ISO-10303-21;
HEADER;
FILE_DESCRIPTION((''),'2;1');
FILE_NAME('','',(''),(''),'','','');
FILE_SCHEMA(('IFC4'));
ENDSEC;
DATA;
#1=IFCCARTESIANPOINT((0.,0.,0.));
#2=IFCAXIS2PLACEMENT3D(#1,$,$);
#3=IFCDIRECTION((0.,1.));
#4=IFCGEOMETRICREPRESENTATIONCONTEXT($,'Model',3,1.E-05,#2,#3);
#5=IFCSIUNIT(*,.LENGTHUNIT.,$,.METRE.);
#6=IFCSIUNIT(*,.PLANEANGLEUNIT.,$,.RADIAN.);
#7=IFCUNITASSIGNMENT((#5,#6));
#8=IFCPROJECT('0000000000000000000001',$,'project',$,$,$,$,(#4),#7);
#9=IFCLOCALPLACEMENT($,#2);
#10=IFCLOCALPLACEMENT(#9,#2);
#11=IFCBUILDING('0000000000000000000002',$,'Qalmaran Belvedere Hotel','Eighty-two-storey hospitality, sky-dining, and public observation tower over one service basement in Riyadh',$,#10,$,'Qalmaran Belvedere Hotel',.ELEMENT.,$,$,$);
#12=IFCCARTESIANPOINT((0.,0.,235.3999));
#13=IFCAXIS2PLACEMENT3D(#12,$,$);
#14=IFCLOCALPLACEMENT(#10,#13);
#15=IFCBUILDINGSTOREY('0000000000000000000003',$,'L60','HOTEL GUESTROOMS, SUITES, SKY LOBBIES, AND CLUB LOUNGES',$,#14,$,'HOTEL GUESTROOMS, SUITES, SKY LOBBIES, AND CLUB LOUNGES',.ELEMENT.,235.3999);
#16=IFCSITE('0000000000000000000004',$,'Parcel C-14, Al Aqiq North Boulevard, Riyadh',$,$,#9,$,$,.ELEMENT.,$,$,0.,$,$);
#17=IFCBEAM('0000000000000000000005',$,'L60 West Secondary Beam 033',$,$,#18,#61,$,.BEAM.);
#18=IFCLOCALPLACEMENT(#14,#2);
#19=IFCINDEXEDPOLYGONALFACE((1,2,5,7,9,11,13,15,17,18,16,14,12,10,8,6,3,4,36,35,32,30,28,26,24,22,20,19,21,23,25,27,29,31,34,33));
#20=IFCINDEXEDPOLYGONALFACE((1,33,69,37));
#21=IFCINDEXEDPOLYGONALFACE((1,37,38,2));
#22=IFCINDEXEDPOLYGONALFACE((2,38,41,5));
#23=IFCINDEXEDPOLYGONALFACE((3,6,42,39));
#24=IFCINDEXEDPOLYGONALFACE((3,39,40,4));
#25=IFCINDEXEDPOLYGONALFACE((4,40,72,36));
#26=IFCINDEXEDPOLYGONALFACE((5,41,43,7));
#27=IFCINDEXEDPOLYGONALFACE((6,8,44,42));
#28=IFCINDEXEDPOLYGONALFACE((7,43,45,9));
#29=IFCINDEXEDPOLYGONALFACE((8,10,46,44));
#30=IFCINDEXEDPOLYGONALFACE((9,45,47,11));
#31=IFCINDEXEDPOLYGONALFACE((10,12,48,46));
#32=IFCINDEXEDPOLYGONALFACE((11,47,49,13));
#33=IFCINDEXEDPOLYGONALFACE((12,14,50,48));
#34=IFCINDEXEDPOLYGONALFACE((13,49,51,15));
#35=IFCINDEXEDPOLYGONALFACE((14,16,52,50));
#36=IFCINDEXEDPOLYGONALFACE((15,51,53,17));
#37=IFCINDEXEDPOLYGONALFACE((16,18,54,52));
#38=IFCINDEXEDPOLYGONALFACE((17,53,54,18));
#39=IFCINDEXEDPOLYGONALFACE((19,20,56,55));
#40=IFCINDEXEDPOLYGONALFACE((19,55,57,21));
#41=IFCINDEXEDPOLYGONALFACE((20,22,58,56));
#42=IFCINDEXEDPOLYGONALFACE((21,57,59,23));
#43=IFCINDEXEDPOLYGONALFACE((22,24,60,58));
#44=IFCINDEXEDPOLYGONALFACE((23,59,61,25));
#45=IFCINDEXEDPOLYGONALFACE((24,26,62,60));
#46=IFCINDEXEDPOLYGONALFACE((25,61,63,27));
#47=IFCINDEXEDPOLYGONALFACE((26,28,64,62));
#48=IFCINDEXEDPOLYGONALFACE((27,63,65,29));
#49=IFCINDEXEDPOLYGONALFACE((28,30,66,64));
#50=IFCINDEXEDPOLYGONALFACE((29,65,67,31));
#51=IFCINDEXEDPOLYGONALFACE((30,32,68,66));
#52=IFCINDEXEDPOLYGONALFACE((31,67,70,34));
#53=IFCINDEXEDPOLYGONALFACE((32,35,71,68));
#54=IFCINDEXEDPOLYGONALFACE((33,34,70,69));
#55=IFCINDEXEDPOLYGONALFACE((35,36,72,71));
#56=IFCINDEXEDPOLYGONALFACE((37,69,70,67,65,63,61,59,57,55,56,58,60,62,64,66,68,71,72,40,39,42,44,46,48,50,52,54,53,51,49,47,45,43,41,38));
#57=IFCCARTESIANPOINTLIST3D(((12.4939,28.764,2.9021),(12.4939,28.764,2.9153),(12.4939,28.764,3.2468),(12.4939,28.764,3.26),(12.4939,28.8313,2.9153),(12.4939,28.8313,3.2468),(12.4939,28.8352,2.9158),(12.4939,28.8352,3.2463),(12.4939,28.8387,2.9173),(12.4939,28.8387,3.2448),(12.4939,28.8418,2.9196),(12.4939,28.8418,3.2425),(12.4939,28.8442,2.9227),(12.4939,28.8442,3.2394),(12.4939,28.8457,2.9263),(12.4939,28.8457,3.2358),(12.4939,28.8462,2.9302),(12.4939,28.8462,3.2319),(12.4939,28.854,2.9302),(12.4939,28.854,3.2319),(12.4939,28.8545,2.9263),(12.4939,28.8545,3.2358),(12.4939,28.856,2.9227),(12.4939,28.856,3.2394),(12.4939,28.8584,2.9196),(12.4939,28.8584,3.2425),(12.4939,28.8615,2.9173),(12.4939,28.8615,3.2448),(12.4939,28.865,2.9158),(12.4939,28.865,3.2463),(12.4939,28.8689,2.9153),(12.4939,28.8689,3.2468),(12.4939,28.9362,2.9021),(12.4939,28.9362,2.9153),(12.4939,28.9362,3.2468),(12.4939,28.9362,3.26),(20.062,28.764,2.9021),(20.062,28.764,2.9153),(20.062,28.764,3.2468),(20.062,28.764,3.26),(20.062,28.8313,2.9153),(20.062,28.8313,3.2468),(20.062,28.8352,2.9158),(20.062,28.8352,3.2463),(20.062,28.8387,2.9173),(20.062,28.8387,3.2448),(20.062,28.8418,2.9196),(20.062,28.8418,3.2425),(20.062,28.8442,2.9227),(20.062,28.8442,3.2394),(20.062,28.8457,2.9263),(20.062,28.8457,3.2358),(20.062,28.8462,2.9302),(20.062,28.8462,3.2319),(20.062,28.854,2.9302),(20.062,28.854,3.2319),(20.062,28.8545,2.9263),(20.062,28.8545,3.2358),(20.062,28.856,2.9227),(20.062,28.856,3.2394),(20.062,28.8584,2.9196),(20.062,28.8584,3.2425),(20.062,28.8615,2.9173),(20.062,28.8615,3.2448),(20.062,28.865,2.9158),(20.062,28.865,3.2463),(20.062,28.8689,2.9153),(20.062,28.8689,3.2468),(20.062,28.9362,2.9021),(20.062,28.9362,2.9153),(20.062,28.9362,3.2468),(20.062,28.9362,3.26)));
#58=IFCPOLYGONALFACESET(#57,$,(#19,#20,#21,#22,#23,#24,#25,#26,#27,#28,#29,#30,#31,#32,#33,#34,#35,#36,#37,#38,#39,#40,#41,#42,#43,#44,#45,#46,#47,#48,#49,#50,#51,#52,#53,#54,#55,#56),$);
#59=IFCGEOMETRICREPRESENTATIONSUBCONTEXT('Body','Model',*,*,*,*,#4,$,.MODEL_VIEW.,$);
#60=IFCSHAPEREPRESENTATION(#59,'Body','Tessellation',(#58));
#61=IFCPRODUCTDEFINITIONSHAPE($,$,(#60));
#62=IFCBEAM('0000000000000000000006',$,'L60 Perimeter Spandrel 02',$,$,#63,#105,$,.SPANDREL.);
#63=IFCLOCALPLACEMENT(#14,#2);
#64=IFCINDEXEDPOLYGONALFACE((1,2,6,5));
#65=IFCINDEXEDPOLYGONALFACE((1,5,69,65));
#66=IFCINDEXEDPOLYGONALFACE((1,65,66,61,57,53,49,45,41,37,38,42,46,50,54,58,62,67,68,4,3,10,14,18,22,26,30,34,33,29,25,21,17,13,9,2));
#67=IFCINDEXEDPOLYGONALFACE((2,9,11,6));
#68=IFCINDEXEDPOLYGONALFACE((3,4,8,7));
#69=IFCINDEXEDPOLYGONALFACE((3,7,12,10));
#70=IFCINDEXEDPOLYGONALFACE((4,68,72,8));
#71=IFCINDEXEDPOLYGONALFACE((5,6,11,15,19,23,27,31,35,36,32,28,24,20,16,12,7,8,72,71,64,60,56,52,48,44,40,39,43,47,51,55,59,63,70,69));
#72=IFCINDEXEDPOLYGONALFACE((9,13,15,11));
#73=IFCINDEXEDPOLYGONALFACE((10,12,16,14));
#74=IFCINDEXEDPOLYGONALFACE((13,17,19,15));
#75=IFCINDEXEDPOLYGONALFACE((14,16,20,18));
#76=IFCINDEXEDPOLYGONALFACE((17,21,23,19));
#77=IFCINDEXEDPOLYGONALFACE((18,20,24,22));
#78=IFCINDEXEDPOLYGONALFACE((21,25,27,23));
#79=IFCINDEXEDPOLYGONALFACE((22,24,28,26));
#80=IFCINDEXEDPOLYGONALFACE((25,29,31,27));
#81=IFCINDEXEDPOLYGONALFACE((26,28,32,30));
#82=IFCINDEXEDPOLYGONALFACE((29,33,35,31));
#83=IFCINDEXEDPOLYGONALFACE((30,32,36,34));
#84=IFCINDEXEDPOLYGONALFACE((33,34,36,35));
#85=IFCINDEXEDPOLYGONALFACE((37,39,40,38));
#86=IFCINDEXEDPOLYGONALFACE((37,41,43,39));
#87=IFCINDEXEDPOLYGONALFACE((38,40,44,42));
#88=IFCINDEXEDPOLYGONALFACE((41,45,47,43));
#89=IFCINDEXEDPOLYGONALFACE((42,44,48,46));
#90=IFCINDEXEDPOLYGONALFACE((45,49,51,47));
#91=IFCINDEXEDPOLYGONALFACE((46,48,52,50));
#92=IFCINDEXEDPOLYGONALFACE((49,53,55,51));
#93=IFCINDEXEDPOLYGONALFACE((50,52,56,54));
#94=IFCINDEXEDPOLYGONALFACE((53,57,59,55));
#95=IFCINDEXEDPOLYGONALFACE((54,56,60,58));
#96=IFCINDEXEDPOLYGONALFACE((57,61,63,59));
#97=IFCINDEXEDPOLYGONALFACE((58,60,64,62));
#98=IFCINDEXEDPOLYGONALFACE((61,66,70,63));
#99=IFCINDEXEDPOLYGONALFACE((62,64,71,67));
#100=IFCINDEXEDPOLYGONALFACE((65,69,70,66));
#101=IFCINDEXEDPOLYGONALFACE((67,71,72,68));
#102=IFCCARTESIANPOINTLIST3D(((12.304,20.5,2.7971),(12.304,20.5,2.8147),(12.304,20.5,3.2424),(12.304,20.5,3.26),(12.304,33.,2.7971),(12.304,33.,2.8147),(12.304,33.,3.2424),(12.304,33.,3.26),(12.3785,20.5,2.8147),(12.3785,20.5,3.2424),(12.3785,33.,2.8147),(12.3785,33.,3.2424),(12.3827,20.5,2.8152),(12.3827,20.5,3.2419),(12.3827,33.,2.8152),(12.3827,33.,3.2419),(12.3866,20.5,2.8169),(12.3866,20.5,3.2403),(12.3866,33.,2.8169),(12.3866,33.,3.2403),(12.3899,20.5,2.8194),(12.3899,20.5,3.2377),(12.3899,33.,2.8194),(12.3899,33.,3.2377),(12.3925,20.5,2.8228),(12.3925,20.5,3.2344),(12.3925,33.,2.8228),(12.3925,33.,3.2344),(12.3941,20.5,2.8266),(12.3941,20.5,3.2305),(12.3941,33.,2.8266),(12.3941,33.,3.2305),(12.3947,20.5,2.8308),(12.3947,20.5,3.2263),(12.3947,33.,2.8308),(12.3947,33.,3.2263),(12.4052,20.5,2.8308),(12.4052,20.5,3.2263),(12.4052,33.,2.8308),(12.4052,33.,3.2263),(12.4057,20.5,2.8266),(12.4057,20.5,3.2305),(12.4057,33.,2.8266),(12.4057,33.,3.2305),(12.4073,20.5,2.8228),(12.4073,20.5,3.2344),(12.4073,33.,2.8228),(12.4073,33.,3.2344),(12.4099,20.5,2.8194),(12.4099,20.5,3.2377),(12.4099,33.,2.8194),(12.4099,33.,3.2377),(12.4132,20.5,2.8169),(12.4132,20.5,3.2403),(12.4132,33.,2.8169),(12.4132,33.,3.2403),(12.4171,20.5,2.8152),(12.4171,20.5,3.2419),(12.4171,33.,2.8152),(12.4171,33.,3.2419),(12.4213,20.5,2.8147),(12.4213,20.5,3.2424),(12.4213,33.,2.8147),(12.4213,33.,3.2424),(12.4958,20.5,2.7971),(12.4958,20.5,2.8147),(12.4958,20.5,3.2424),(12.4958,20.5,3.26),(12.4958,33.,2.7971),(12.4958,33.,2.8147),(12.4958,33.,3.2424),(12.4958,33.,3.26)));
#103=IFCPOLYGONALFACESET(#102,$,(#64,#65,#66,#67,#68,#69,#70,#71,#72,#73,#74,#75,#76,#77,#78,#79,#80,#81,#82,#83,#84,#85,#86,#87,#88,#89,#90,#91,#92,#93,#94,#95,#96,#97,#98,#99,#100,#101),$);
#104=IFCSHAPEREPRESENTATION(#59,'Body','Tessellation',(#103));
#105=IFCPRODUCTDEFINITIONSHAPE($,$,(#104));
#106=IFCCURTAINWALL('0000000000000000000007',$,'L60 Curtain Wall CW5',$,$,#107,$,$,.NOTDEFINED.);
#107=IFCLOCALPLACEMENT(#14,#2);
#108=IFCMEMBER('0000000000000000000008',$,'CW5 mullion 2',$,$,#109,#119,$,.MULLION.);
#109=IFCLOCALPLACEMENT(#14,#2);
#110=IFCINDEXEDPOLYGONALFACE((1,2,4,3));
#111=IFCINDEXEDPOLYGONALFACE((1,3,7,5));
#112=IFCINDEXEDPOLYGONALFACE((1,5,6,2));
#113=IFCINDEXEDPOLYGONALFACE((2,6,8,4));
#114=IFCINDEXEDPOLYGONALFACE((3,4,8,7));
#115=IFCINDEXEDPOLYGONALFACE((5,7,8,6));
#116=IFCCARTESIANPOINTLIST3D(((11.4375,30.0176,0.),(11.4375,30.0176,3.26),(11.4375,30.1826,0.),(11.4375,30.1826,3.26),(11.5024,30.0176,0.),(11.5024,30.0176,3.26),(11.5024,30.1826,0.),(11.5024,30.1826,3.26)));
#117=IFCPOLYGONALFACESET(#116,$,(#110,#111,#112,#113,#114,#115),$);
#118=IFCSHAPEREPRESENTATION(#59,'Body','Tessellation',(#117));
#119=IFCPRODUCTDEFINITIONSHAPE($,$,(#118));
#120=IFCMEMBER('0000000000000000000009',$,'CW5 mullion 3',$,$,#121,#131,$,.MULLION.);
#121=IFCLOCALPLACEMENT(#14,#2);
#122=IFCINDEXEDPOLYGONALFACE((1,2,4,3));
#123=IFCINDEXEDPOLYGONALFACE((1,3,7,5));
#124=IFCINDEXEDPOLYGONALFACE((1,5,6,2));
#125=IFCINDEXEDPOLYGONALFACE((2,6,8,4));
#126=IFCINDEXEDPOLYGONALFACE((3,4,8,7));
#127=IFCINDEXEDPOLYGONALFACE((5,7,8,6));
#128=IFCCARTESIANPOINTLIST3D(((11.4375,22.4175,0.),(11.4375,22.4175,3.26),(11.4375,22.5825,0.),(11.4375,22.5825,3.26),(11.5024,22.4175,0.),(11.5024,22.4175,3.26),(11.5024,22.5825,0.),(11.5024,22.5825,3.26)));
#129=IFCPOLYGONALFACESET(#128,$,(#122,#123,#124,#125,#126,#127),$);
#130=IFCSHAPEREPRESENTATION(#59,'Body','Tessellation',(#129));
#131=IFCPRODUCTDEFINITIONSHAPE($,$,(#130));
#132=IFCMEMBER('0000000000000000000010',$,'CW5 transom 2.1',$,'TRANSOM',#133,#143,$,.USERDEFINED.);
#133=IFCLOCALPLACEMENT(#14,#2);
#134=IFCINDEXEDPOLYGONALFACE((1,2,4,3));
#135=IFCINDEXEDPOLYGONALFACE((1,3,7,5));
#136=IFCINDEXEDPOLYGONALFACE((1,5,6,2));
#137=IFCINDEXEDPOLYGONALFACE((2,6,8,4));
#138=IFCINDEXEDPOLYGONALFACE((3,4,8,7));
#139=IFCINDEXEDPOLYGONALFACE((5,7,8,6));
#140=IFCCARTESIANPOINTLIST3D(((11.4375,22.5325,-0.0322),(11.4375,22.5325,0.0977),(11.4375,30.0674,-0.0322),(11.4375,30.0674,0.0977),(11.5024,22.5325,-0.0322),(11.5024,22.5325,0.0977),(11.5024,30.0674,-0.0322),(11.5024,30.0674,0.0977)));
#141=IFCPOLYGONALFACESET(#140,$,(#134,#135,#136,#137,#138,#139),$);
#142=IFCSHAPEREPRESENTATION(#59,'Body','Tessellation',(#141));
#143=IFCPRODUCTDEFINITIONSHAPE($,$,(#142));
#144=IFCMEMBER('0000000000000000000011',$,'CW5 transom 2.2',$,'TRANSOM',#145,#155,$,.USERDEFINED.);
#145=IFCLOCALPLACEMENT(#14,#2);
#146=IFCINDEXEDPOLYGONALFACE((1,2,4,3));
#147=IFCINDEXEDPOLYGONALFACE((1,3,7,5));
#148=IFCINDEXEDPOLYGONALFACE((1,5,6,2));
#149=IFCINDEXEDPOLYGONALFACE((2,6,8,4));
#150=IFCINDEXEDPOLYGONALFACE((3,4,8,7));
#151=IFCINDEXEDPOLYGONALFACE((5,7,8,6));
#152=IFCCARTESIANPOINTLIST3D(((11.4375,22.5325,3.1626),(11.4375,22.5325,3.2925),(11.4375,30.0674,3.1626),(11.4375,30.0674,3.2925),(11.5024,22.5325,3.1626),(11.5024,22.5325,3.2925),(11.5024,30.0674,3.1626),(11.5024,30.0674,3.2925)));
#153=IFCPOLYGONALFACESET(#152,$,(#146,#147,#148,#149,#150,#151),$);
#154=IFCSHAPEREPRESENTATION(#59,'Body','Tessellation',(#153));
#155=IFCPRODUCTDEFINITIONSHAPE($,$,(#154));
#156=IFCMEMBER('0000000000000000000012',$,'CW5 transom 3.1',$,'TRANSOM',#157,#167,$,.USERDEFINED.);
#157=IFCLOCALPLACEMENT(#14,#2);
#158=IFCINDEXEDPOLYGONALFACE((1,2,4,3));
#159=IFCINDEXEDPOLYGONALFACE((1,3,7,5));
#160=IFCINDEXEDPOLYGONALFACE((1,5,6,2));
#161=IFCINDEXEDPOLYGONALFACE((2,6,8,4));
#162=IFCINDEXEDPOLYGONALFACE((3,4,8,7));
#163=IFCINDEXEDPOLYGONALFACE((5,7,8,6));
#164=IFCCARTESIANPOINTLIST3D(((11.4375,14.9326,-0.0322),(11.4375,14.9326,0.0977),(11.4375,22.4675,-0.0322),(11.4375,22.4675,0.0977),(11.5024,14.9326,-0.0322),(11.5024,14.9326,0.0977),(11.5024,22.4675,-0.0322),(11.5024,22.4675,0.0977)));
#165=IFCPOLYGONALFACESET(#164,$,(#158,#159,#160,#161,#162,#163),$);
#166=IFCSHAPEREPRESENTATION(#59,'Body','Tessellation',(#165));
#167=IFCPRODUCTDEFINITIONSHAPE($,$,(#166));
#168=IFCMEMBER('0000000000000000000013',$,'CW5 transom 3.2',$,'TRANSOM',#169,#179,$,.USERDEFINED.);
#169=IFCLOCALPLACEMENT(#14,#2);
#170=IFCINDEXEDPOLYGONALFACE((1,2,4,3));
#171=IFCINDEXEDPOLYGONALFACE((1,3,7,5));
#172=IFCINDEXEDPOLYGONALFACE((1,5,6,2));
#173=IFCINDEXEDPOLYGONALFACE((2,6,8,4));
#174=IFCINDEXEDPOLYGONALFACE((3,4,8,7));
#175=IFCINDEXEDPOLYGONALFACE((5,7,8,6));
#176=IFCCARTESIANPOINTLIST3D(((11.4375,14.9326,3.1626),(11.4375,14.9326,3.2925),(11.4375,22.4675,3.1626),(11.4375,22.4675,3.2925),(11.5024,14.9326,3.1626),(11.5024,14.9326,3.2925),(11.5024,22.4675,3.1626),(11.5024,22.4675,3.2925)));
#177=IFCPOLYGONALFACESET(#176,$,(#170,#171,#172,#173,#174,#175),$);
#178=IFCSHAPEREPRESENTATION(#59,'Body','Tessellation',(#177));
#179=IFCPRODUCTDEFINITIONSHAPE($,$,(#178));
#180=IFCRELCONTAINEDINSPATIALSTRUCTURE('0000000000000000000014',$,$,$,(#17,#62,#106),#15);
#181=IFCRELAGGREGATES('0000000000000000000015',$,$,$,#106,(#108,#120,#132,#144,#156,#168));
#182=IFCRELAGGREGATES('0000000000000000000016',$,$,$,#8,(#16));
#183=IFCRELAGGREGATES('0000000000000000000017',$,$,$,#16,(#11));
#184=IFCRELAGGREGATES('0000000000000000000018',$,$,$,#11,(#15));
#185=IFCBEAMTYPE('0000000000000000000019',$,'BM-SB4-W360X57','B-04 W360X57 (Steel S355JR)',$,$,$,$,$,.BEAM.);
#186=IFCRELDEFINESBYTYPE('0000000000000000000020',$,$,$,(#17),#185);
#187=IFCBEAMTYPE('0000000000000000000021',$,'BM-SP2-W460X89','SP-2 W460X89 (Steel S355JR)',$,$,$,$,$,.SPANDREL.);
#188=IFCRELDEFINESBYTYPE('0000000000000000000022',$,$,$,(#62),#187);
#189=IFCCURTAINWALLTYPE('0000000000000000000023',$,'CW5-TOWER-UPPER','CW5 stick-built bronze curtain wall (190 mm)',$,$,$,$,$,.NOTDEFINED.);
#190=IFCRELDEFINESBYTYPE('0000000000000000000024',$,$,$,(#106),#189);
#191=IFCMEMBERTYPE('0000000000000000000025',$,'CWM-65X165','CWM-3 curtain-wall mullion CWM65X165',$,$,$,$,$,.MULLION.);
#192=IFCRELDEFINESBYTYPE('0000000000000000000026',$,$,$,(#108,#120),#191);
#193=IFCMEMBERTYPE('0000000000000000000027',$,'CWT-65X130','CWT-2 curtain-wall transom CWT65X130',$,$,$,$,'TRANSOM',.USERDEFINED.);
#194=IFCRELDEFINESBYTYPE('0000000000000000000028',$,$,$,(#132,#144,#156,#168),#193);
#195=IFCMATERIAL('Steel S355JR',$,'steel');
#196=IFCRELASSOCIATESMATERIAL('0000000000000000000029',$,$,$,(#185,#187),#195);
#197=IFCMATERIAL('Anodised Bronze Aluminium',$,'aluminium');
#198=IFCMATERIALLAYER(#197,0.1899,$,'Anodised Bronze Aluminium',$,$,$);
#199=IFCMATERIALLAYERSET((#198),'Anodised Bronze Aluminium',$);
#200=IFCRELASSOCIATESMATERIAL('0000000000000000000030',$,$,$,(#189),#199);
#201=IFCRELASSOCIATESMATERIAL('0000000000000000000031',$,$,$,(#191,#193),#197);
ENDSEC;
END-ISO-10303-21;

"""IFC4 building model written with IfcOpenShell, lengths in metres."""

from ifc_helpers import new_model, si_unit, direction, frame, origin, origin_2d, place, context, subcontext, project, spatial, rectangle, i_section, extrude, material, layer, layer_set, material_profile, profile_set, type_object, element, aggregate, save


model = new_model("IFC4")

# Units and contexts
model_context = context("Model", 3, precision=1e-05, world=origin(), true_north=direction((0.0, 1.0)))
body_context = subcontext(model_context, "Body", "Model", "MODEL_VIEW")
ifc_project = project(units=[si_unit("LENGTHUNIT", "METRE"), si_unit("PLANEANGLEUNIT", "RADIAN")], contexts=[model_context])

# Site, building, storey
site_placement = place(None, origin())
site = spatial("IfcSite", under=ifc_project, at=site_placement, Name="Parcel C-14, Al Aqiq North Boulevard, Riyadh", CompositionType="ELEMENT", RefElevation=0.0)
building_placement = place(site_placement, origin())
building = spatial("IfcBuilding", under=site, at=building_placement, Name="Qalmaran Belvedere Hotel", Description="Eighty-two-storey hospitality, sky-dining, and public observation tower over one service basement in Riyadh", LongName="Qalmaran Belvedere Hotel", CompositionType="ELEMENT")
storey_placement = place(building_placement, frame((0.0, 0.0, 235.3999)))
storey = spatial("IfcBuildingStorey", under=building, at=storey_placement, Name="L60", Description="HOTEL GUESTROOMS, SUITES, SKY LOBBIES, AND CLUB LOUNGES", LongName="HOTEL GUESTROOMS, SUITES, SKY LOBBIES, AND CLUB LOUNGES", CompositionType="ELEMENT", Elevation=235.3999)

# Beams
ifc_material_1 = material(Name="Steel S355JR", Category="steel")
ifc_material_profile_1 = material_profile(ifc_material_1, i_section(OverallWidth=0.1721, OverallDepth=0.3579, WebThickness=0.0078, FlangeThickness=0.0132, FilletRadius=0.0149, at=origin_2d()), Name="W360X57")
ifc_profile_set_1 = profile_set([ifc_material_profile_1], Name="Steel S355JR")
beam_type_1 = type_object("IfcBeamType", Name="BM-SB4-W360X57", Description="B-04 W360X57 (Steel S355JR)", PredefinedType="BEAM", material=ifc_profile_set_1)
for number, where, z_axis, x_axis, name in (
    (1, (12.4939, 28.8501, 3.0811), (1.0, 0.0, 0.0), (0.0, 1.0, 0.0), "L60 West Secondary Beam 033"),
):
    element("IfcBeam", number, at=place(storey_placement, frame(where, z_axis=z_axis, x_axis=x_axis)), inside=storey, type_object=beam_type_1, Name=name, PredefinedType="BEAM", context=body_context, shape_type="SweptSolid", body=[
        extrude(i_section(OverallWidth=0.1721, OverallDepth=0.3579, WebThickness=0.0078, FlangeThickness=0.0132, FilletRadius=0.0149, at=origin_2d()), origin(), (0.0, 0.0, 1.0), 7.5681),
    ])
ifc_material_profile_2 = material_profile(ifc_material_1, i_section(OverallWidth=0.1919, OverallDepth=0.4629, WebThickness=0.0105, FlangeThickness=0.0176, FilletRadius=0.0161, at=origin_2d()), Name="W460X89")
ifc_profile_set_2 = profile_set([ifc_material_profile_2], Name="Steel S355JR")
beam_type_2 = type_object("IfcBeamType", Name="BM-SP2-W460X89", Description="SP-2 W460X89 (Steel S355JR)", PredefinedType="SPANDREL", material=ifc_profile_set_2)
beam_placement = place(storey_placement, frame((12.3999, 20.5, 3.0286), z_axis=(0.0, 1.0, 0.0), x_axis=(-1.0, 0.0, 0.0)))
element("IfcBeam", 2, at=beam_placement, inside=storey, type_object=beam_type_2, Name="L60 Perimeter Spandrel 02", PredefinedType="SPANDREL", context=body_context, shape_type="SweptSolid", body=[
    extrude(i_section(OverallWidth=0.1919, OverallDepth=0.4629, WebThickness=0.0105, FlangeThickness=0.0176, FilletRadius=0.0161, at=origin_2d()), origin(), (0.0, 0.0, 1.0), 12.5),
])

# Curtain wall, members
ifc_material_2 = material(Name="Anodised Bronze Aluminium", Category="aluminium")
ifc_layer_1 = layer(ifc_material_2, 0.1899, Name="Anodised Bronze Aluminium")
ifc_layer_set_1 = layer_set([ifc_layer_1], Name="Anodised Bronze Aluminium")
curtain_wall_type = type_object("IfcCurtainWallType", Name="CW5-TOWER-UPPER", Description="CW5 stick-built bronze curtain wall (190 mm)", PredefinedType="NOTDEFINED", material=ifc_layer_set_1)
curtain_wall_placement = place(storey_placement, origin())
curtain_wall = element("IfcCurtainWall", 3, at=curtain_wall_placement, inside=storey, type_object=curtain_wall_type, Name="L60 Curtain Wall CW5", PredefinedType="NOTDEFINED")
ifc_material_profile_3 = material_profile(ifc_material_2, rectangle(XDim=0.0649, YDim=0.165, at=origin_2d()), Name="CWM65X165")
ifc_profile_set_3 = profile_set([ifc_material_profile_3], Name="Anodised Bronze Aluminium")
member_type_1 = type_object("IfcMemberType", Name="CWM-65X165", Description="CWM-3 curtain-wall mullion CWM65X165", PredefinedType="MULLION", material=ifc_profile_set_3)
member_1_placement = place(storey_placement, frame((11.47, 30.1001, 0.0), z_axis=(0.0, 0.0, 1.0), x_axis=(1.0, 0.0, 0.0)))
member_1 = element("IfcMember", 4, at=member_1_placement, type_object=member_type_1, Name="CW5 mullion 2", PredefinedType="MULLION", context=body_context, shape_type="SweptSolid", body=[
    extrude(rectangle(XDim=0.0649, YDim=0.165, at=origin_2d()), origin(), (0.0, 0.0, 1.0), 3.26),
])
member_2_placement = place(storey_placement, frame((11.47, 22.5, 0.0), z_axis=(0.0, 0.0, 1.0), x_axis=(1.0, 0.0, 0.0)))
member_2 = element("IfcMember", 5, at=member_2_placement, type_object=member_type_1, Name="CW5 mullion 3", PredefinedType="MULLION", context=body_context, shape_type="SweptSolid", body=[
    extrude(rectangle(XDim=0.0649, YDim=0.165, at=origin_2d()), origin(), (0.0, 0.0, 1.0), 3.26),
])
ifc_material_profile_4 = material_profile(ifc_material_2, rectangle(XDim=0.0649, YDim=0.1299, at=origin_2d()), Name="CWT65X130")
ifc_profile_set_4 = profile_set([ifc_material_profile_4], Name="Anodised Bronze Aluminium")
member_type_2 = type_object("IfcMemberType", Name="CWT-65X130", Description="CWT-2 curtain-wall transom CWT65X130", ElementType="TRANSOM", PredefinedType="USERDEFINED", material=ifc_profile_set_4)
member_3_placement = place(storey_placement, frame((11.47, 30.0674, 0.0327), z_axis=(0.0, -1.0, 0.0), x_axis=(1.0, 0.0, 0.0)))
member_3 = element("IfcMember", 6, at=member_3_placement, type_object=member_type_2, Name="CW5 transom 2.1", ObjectType="TRANSOM", PredefinedType="USERDEFINED", context=body_context, shape_type="SweptSolid", body=[
    extrude(rectangle(XDim=0.0649, YDim=0.1299, at=origin_2d()), origin(), (0.0, 0.0, 1.0), 7.5349),
])
member_4_placement = place(storey_placement, frame((11.47, 30.0674, 3.2275), z_axis=(0.0, -1.0, 0.0), x_axis=(1.0, 0.0, 0.0)))
member_4 = element("IfcMember", 7, at=member_4_placement, type_object=member_type_2, Name="CW5 transom 2.2", ObjectType="TRANSOM", PredefinedType="USERDEFINED", context=body_context, shape_type="SweptSolid", body=[
    extrude(rectangle(XDim=0.0649, YDim=0.1299, at=origin_2d()), origin(), (0.0, 0.0, 1.0), 7.5349),
])
member_5_placement = place(storey_placement, frame((11.47, 22.4675, 0.0327), z_axis=(0.0, -1.0, 0.0), x_axis=(1.0, 0.0, 0.0)))
member_5 = element("IfcMember", 8, at=member_5_placement, type_object=member_type_2, Name="CW5 transom 3.1", ObjectType="TRANSOM", PredefinedType="USERDEFINED", context=body_context, shape_type="SweptSolid", body=[
    extrude(rectangle(XDim=0.0649, YDim=0.1299, at=origin_2d()), origin(), (0.0, 0.0, 1.0), 7.5349),
])
member_6_placement = place(storey_placement, frame((11.47, 22.4675, 3.2275), z_axis=(0.0, -1.0, 0.0), x_axis=(1.0, 0.0, 0.0)))
member_6 = element("IfcMember", 9, at=member_6_placement, type_object=member_type_2, Name="CW5 transom 3.2", ObjectType="TRANSOM", PredefinedType="USERDEFINED", context=body_context, shape_type="SweptSolid", body=[
    extrude(rectangle(XDim=0.0649, YDim=0.1299, at=origin_2d()), origin(), (0.0, 0.0, 1.0), 7.5349),
])
aggregate(curtain_wall, [member_1, member_2, member_3, member_4, member_5, member_6])

save(model, "model.ifc")
